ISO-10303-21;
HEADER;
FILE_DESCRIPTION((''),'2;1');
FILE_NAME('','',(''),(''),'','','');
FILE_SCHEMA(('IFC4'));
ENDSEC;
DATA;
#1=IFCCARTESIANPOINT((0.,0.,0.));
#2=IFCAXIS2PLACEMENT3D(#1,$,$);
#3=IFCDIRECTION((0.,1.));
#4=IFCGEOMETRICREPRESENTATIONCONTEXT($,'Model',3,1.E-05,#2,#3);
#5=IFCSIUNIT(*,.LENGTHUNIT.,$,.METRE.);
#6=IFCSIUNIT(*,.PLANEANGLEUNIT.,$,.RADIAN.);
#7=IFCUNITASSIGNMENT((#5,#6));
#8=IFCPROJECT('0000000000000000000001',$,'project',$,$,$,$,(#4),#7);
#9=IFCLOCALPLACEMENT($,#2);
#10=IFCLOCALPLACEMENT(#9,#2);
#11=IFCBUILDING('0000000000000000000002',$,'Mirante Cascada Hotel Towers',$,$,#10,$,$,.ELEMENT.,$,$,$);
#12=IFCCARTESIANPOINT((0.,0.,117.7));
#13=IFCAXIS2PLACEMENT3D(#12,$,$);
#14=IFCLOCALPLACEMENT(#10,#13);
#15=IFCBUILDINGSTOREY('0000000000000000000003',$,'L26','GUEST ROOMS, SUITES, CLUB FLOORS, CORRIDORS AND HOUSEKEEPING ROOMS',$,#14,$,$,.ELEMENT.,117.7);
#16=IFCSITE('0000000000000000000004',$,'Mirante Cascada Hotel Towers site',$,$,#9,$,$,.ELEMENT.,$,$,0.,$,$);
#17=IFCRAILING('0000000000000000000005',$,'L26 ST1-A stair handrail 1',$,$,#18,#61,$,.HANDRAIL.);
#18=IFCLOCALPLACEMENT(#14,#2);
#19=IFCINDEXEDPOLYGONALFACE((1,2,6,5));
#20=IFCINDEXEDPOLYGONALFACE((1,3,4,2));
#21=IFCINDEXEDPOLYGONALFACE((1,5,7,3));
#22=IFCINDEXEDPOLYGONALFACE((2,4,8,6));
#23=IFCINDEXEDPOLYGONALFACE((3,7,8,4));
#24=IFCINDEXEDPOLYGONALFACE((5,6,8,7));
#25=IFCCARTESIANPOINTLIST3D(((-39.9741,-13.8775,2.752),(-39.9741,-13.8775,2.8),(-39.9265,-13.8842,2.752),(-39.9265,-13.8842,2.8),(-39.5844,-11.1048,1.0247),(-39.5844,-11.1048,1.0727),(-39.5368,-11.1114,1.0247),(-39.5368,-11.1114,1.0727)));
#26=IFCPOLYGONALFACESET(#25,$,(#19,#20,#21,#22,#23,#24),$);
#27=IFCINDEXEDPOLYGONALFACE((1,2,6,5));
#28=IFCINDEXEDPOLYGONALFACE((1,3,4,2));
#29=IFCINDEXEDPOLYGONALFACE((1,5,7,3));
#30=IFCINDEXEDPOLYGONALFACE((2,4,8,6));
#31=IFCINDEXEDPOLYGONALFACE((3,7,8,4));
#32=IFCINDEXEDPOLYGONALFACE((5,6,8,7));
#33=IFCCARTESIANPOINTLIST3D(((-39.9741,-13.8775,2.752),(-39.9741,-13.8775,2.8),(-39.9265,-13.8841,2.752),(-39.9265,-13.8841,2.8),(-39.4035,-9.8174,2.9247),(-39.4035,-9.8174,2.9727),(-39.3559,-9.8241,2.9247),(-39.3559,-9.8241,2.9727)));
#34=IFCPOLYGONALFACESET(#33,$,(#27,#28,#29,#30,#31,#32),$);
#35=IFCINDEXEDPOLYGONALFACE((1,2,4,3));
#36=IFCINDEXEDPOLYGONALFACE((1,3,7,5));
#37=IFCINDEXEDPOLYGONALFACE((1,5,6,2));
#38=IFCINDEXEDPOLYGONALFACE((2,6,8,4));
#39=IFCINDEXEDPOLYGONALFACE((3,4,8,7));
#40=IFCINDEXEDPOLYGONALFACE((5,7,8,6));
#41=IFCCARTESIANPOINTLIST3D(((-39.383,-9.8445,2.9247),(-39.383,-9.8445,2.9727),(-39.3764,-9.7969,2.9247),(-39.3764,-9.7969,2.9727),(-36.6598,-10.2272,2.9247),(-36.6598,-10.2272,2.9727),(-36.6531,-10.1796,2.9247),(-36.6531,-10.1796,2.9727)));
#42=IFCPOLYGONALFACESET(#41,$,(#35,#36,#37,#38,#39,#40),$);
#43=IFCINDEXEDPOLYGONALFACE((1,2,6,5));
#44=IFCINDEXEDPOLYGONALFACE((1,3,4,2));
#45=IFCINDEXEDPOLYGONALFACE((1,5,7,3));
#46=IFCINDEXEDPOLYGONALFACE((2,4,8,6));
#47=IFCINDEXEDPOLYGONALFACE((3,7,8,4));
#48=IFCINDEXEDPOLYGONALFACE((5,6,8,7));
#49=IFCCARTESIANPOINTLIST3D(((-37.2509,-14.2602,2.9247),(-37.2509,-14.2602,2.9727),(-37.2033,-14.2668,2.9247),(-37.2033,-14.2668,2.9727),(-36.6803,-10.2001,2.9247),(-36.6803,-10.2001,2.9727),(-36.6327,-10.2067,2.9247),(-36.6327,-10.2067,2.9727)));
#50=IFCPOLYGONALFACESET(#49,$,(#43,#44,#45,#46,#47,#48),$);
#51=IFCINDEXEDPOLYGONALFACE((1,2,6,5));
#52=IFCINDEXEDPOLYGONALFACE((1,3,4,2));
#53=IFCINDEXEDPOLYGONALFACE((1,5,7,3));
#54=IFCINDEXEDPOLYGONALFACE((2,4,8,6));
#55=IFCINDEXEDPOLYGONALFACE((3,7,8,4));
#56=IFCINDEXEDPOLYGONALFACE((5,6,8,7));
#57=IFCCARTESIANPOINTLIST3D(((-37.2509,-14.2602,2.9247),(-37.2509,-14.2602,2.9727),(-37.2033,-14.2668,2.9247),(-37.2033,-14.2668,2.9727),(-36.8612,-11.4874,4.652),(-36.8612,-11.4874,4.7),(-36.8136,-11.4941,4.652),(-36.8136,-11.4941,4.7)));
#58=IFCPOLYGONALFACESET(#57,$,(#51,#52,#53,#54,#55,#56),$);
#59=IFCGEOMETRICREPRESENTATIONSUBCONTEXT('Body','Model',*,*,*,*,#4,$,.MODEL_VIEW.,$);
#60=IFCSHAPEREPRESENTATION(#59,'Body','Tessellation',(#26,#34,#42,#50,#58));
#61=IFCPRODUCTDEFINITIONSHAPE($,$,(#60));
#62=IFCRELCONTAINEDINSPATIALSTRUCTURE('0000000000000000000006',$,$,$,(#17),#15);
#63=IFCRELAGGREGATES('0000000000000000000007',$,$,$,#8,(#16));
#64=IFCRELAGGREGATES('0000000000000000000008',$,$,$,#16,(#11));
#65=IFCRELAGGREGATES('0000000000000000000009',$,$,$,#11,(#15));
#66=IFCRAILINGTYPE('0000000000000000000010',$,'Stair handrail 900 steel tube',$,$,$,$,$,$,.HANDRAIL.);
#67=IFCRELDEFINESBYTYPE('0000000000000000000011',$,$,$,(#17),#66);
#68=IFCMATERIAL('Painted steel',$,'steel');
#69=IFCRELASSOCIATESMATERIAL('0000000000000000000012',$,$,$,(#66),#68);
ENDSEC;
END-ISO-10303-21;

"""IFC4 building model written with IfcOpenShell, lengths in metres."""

from ifc_helpers import new_model, si_unit, direction, frame, origin, origin_2d, place, context, subcontext, project, spatial, rectangle, extrude, material, type_object, element, save


model = new_model("IFC4")

# Units and contexts
model_context = context("Model", 3, precision=1e-05, world=origin(), true_north=direction((0.0, 1.0)))
body_context = subcontext(model_context, "Body", "Model", "MODEL_VIEW")
ifc_project = project(units=[si_unit("LENGTHUNIT", "METRE"), si_unit("PLANEANGLEUNIT", "RADIAN")], contexts=[model_context])

# Site, building, storey
site_placement = place(None, origin())
site = spatial("IfcSite", under=ifc_project, at=site_placement, Name="Mirante Cascada Hotel Towers site", CompositionType="ELEMENT", RefElevation=0.0)
building_placement = place(site_placement, origin())
building = spatial("IfcBuilding", under=site, at=building_placement, Name="Mirante Cascada Hotel Towers", CompositionType="ELEMENT")
storey_placement = place(building_placement, frame((0.0, 0.0, 117.7)))
storey = spatial("IfcBuildingStorey", under=building, at=storey_placement, Name="L26", Description="GUEST ROOMS, SUITES, CLUB FLOORS, CORRIDORS AND HOUSEKEEPING ROOMS", CompositionType="ELEMENT", Elevation=117.7)

# Railing
ifc_material_1 = material(Name="Painted steel", Category="steel")
railing_type = type_object("IfcRailingType", Name="Stair handrail 900 steel tube", PredefinedType="HANDRAIL", material=ifc_material_1)
railing_placement = place(storey_placement, frame((-39.5606, -11.1081, 0.1727)))
element("IfcRailing", 1, at=railing_placement, inside=storey, type_object=railing_type, Name="L26 ST1-A stair handrail 1", PredefinedType="HANDRAIL", context=body_context, shape_type="SweptSolid", body=[
    extrude(rectangle(XDim=0.048, YDim=0.048, at=origin_2d()), frame((0.0, 0.0, 0.876), z_axis=(-0.139181, -0.990267, 0.0), x_axis=(0.990267, -0.139181, 0.0)), (0.0, 0.525035, 0.851081), 3.2899),
    extrude(rectangle(XDim=0.048, YDim=0.048, at=origin_2d()), frame((-0.3897, -2.7727, 2.6033), z_axis=(0.139171, 0.990268, 0.0), x_axis=(-0.990268, 0.139171, 0.0)), (0.0, 0.042085, 0.999114), 4.1036),
    extrude(rectangle(XDim=0.048, YDim=0.048, at=origin_2d()), frame((0.1809, 1.2874, 2.776), z_axis=(0.990269, -0.139166, 0.0), x_axis=(0.139166, 0.990269, 0.0)), (0.0, 0.0, 1.0), 2.75),
    extrude(rectangle(XDim=0.048, YDim=0.048, at=origin_2d()), frame((2.9041, 0.9047, 2.776), z_axis=(-0.139171, -0.990268, 0.0), x_axis=(0.990268, -0.139171, 0.0)), (0.0, 0.0, 1.0), 4.1),
    extrude(rectangle(XDim=0.048, YDim=0.048, at=origin_2d()), frame((2.3335, -3.1554, 2.776), z_axis=(0.139181, 0.990267, 0.0), x_axis=(-0.990267, 0.139181, 0.0)), (0.0, 0.525035, 0.851081), 3.2899),
])

save(model, "model.ifc")
